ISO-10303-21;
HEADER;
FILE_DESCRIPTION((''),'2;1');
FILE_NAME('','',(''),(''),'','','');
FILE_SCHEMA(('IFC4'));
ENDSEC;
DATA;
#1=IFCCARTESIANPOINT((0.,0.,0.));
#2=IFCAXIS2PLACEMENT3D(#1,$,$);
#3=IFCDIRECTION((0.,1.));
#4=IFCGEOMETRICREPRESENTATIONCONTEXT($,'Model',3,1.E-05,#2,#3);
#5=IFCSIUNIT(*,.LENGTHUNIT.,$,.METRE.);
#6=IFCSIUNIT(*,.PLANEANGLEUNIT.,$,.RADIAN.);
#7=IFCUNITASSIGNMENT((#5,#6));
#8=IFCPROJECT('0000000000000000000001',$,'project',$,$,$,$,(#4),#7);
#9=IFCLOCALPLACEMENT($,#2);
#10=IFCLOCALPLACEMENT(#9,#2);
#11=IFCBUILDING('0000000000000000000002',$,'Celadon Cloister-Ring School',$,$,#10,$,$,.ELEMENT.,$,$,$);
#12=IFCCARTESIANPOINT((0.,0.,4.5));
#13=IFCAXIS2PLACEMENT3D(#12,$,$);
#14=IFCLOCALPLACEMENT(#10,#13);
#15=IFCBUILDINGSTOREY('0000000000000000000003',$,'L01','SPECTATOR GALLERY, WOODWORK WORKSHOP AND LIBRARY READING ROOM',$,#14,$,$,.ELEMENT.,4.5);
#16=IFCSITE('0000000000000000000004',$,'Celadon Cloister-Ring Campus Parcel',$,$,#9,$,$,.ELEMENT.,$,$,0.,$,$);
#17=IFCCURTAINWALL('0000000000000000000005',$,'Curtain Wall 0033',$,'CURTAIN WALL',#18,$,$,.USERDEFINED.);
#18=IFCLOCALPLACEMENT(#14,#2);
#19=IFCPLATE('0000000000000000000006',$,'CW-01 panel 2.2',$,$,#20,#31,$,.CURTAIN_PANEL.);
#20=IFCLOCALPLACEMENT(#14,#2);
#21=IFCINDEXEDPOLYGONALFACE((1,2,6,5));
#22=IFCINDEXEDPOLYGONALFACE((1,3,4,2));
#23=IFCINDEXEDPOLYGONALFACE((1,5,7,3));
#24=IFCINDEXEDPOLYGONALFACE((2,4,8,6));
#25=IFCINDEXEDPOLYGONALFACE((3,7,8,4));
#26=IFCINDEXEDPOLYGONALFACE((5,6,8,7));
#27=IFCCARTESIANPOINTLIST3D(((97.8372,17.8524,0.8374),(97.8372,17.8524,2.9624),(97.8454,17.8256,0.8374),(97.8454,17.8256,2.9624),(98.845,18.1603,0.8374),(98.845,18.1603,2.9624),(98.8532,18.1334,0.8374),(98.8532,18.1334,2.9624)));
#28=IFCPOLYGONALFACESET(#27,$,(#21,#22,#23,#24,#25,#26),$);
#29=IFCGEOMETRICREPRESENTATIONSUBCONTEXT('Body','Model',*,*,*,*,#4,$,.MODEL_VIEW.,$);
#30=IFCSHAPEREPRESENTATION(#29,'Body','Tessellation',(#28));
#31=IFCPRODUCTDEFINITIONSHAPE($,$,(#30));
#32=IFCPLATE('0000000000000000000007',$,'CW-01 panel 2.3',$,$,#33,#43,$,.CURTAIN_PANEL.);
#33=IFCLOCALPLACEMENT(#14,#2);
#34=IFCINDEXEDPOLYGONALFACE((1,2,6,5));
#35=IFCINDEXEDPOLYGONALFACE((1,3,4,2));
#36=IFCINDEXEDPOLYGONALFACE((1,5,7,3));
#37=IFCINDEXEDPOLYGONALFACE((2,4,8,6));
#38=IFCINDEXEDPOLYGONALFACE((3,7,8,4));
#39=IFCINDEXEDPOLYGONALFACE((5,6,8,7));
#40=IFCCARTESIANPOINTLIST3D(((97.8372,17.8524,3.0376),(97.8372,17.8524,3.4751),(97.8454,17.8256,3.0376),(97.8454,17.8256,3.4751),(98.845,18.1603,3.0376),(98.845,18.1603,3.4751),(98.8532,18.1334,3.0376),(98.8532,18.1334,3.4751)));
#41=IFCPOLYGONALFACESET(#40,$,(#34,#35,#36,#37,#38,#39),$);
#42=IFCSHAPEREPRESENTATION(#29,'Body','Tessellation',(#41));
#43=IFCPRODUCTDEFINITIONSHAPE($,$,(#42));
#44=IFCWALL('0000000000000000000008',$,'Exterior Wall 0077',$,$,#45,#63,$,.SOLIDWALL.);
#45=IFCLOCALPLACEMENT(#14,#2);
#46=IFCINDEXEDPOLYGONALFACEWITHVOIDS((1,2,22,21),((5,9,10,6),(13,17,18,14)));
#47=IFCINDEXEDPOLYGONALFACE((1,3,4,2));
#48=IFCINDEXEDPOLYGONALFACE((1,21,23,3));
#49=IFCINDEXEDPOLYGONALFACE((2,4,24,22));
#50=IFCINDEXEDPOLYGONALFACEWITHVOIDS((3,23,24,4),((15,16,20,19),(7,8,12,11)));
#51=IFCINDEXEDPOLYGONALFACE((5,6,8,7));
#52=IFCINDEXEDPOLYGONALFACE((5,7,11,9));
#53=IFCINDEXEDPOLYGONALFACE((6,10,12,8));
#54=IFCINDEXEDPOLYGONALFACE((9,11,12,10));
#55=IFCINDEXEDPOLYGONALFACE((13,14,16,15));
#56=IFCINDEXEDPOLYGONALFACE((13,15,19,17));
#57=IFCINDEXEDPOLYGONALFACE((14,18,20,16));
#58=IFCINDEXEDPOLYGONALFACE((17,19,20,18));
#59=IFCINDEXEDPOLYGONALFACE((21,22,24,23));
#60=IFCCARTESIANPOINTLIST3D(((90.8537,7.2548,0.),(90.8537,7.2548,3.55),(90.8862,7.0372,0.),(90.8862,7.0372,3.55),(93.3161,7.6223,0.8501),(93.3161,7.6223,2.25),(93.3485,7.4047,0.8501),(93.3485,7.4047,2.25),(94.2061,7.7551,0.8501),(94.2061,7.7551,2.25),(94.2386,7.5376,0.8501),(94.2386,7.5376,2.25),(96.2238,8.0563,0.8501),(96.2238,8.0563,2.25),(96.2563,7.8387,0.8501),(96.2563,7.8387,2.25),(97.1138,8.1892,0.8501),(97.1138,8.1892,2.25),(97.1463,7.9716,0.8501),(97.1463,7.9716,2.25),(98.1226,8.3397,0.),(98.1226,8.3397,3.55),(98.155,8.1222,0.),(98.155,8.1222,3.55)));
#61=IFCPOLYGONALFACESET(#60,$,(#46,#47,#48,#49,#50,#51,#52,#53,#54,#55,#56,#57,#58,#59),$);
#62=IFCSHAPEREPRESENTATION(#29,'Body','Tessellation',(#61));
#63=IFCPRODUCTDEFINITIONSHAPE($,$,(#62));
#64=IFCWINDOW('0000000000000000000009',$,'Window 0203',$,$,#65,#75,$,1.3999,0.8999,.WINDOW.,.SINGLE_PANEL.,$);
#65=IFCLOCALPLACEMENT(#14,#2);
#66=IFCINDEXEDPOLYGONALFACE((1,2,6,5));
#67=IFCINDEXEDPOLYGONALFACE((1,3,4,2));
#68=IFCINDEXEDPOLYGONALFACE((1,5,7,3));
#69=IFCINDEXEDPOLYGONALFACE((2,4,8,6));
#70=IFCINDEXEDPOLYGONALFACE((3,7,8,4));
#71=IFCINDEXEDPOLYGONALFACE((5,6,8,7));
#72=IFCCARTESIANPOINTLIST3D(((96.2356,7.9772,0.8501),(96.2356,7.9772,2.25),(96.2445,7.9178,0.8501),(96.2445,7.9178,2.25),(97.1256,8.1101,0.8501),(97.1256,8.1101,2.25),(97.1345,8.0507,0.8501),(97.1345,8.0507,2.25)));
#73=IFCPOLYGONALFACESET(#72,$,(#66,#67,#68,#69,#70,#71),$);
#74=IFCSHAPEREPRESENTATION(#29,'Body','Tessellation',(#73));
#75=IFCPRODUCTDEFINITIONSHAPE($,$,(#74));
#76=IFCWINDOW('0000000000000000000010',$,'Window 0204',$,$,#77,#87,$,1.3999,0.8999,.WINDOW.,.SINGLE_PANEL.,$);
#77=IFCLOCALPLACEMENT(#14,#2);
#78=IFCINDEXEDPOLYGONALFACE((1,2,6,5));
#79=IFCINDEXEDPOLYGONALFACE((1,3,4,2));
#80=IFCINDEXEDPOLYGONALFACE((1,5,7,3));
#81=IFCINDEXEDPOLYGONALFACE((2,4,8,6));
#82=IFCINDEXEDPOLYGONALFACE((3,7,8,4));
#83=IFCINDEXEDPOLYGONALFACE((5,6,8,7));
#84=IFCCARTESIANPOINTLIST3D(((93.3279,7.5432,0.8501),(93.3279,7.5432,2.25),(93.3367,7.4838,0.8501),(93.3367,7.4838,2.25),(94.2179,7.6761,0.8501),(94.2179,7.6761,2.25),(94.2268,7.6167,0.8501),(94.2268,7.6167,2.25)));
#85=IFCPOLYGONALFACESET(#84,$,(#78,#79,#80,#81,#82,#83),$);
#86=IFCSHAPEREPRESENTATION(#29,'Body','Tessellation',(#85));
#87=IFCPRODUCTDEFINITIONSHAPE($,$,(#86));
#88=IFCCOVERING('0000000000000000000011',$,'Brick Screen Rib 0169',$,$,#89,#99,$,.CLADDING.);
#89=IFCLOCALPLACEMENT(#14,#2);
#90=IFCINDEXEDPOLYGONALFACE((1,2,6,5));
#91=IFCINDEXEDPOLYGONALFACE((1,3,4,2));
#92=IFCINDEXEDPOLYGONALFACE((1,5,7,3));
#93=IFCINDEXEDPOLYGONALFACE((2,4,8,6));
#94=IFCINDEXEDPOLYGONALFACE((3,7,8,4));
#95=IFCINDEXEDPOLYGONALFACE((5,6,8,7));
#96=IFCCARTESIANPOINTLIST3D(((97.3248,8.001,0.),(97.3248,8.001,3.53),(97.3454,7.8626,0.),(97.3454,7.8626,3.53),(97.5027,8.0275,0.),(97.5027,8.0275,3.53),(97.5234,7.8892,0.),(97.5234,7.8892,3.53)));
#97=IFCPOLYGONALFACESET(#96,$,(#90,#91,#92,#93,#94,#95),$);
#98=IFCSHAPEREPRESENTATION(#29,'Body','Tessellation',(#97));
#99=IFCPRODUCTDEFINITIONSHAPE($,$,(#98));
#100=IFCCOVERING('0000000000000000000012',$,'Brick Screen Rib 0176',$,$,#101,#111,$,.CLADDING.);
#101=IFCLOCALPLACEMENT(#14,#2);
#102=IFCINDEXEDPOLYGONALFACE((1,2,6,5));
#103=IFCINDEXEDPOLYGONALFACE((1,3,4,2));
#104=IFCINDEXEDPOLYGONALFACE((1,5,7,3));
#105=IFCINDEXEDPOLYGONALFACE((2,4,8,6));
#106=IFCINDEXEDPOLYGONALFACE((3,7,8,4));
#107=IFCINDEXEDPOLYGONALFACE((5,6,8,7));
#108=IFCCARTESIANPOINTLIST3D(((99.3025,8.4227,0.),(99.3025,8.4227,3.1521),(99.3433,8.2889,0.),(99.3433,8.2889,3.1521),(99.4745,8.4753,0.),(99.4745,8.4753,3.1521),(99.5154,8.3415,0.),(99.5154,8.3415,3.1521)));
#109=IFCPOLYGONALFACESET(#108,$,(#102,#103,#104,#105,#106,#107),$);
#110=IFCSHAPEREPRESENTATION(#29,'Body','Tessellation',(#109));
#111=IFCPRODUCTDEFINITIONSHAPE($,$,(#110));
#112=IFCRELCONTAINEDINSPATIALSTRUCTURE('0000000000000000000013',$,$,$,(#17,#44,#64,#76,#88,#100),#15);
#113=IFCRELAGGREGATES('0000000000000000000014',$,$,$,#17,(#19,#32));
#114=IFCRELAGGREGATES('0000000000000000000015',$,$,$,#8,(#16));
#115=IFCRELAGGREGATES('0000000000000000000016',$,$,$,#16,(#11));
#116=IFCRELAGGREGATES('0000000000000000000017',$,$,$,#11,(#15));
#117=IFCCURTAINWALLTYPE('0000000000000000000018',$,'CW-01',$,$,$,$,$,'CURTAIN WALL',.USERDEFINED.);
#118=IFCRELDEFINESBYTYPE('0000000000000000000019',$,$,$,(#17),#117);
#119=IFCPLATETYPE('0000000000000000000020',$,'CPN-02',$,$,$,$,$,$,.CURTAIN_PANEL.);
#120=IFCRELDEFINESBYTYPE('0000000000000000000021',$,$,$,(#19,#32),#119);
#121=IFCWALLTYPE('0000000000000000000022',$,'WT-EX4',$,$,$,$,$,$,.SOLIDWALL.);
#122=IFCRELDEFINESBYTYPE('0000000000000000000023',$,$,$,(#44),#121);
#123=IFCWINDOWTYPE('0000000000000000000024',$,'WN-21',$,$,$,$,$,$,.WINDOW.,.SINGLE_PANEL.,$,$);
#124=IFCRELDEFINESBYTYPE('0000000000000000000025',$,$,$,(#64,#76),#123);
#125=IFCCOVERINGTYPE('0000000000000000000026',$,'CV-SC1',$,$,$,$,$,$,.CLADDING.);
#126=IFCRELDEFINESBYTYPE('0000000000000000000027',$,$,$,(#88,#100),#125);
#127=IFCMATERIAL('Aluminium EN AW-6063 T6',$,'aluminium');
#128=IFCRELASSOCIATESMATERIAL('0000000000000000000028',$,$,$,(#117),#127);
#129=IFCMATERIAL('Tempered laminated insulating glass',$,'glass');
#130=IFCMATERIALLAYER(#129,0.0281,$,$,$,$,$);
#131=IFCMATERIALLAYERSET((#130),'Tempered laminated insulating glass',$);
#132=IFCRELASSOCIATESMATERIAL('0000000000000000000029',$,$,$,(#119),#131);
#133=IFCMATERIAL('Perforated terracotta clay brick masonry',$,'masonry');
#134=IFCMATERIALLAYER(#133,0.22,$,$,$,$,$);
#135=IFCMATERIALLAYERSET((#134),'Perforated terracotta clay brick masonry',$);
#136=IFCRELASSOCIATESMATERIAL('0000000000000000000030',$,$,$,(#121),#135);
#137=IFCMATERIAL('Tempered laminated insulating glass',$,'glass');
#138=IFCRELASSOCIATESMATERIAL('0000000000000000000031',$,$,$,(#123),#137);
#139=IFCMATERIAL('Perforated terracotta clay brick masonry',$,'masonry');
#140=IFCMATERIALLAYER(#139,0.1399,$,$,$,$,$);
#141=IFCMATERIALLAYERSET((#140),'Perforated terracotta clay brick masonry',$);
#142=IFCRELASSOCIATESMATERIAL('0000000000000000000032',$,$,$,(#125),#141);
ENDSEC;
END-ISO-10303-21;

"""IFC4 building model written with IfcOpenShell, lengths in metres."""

from ifc_helpers import new_model, si_unit, direction, frame, frame_2d, origin, origin_2d, place, context, subcontext, project, spatial, rectangle, extrude, material, layer, layer_set, type_object, element, fill, aggregate, save


model = new_model("IFC4")

# Units and contexts
model_context = context("Model", 3, precision=1e-05, world=origin(), true_north=direction((0.0, 1.0)))
body_context = subcontext(model_context, "Body", "Model", "MODEL_VIEW")
ifc_project = project(units=[si_unit("LENGTHUNIT", "METRE"), si_unit("PLANEANGLEUNIT", "RADIAN")], contexts=[model_context])

# Site, building, storey
site_placement = place(None, origin())
site = spatial("IfcSite", under=ifc_project, at=site_placement, Name="Celadon Cloister-Ring Campus Parcel", CompositionType="ELEMENT", RefElevation=0.0)
building_placement = place(site_placement, origin())
building = spatial("IfcBuilding", under=site, at=building_placement, Name="Celadon Cloister-Ring School", CompositionType="ELEMENT")
storey_placement = place(building_placement, frame((0.0, 0.0, 4.5)))
storey = spatial("IfcBuildingStorey", under=building, at=storey_placement, Name="L01", Description="SPECTATOR GALLERY, WOODWORK WORKSHOP AND LIBRARY READING ROOM", CompositionType="ELEMENT", Elevation=4.5)

# Curtain wall
ifc_material_1 = material(Name="Aluminium EN AW-6063 T6", Category="aluminium")
curtain_wall_type = type_object("IfcCurtainWallType", Name="CW-01", ElementType="CURTAIN WALL", PredefinedType="USERDEFINED", material=ifc_material_1)
curtain_wall_placement = place(storey_placement, origin())
curtain_wall = element("IfcCurtainWall", 1, at=curtain_wall_placement, inside=storey, type_object=curtain_wall_type, Name="Curtain Wall 0033", ObjectType="CURTAIN WALL", PredefinedType="USERDEFINED")

# Plates
ifc_material_2 = material(Name="Tempered laminated insulating glass", Category="glass")
ifc_layer_1 = layer(ifc_material_2, 0.0281)
ifc_layer_set_1 = layer_set([ifc_layer_1], Name="Tempered laminated insulating glass")
plate_type = type_object("IfcPlateType", Name="CPN-02", PredefinedType="CURTAIN_PANEL", material=ifc_layer_set_1)
plate_1_placement = place(storey_placement, frame((98.3452, 17.9929, 0.8374), z_axis=(0.0, 0.0, 1.0), x_axis=(0.956372, 0.292151, 0.0)))
plate_1 = element("IfcPlate", 2, at=plate_1_placement, type_object=plate_type, Name="CW-01 panel 2.2", PredefinedType="CURTAIN_PANEL", context=body_context, shape_type="SweptSolid", body=[
    extrude(rectangle(XDim=1.0537, YDim=0.0281, at=origin_2d()), origin(), (0.0, 0.0, 1.0), 2.125),
])
plate_2_placement = place(storey_placement, frame((98.3452, 17.9929, 3.0376), z_axis=(0.0, 0.0, 1.0), x_axis=(0.956372, 0.292151, 0.0)))
plate_2 = element("IfcPlate", 3, at=plate_2_placement, type_object=plate_type, Name="CW-01 panel 2.3", PredefinedType="CURTAIN_PANEL", context=body_context, shape_type="SweptSolid", body=[
    extrude(rectangle(XDim=1.0537, YDim=0.0281, at=origin_2d()), origin(), (0.0, 0.0, 1.0), 0.4375),
])
aggregate(curtain_wall, [plate_1, plate_2])

# Wall, openings, windows
ifc_material_3 = material(Name="Perforated terracotta clay brick masonry", Category="masonry")
ifc_layer_2 = layer(ifc_material_3, 0.22)
ifc_layer_set_2 = layer_set([ifc_layer_2], Name="Perforated terracotta clay brick masonry")
wall_type = type_object("IfcWallType", Name="WT-EX4", PredefinedType="SOLIDWALL", material=ifc_layer_set_2)
wall_placement = place(storey_placement, frame((98.1389, 8.231, 0.0), z_axis=(0.0, 0.0, 1.0), x_axis=(-0.989043, -0.147627, 0.0)))
wall = element("IfcWall", 4, at=wall_placement, inside=storey, type_object=wall_type, Name="Exterior Wall 0077", PredefinedType="SOLIDWALL", context=body_context, shape_type="SweptSolid", body=[
    extrude(rectangle(XDim=7.3494, YDim=0.22, at=frame_2d((3.6748, 0.0))), origin(), (0.0, 0.0, 1.0), 3.55),
])
opening_1_placement = place(wall_placement, frame((1.02, 0.0, 0.8501)))
opening_1 = element("IfcOpeningElement", 5, at=opening_1_placement, cuts=wall, PredefinedType="OPENING", context=body_context, shape_type="SweptSolid", body=[
    extrude(rectangle(XDim=0.8999, YDim=1.3999, at=frame_2d((0.45, 0.7))), frame((0.0, 0.1201, 0.0), z_axis=(0.0, -1.0, 0.0), x_axis=(1.0, 0.0, 0.0)), (0.0, 0.0, 1.0), 0.24),
])
opening_2_placement = place(wall_placement, frame((3.96, 0.0, 0.8501)))
opening_2 = element("IfcOpeningElement", 6, at=opening_2_placement, cuts=wall, PredefinedType="OPENING", context=body_context, shape_type="SweptSolid", body=[
    extrude(rectangle(XDim=0.8999, YDim=1.3999, at=frame_2d((0.45, 0.7))), frame((0.0, 0.1201, 0.0), z_axis=(0.0, -1.0, 0.0), x_axis=(1.0, 0.0, 0.0)), (0.0, 0.0, 1.0), 0.24),
])
ifc_material_4 = material(Name="Tempered laminated insulating glass", Category="glass")
window_type = type_object("IfcWindowType", Name="WN-21", PartitioningType="SINGLE_PANEL", PredefinedType="WINDOW", material=ifc_material_4)
window_1_placement = place(opening_1_placement, origin())
window_1 = element("IfcWindow", 7, at=window_1_placement, inside=storey, type_object=window_type, Name="Window 0203", OverallHeight=1.3999, OverallWidth=0.8999, PartitioningType="SINGLE_PANEL", PredefinedType="WINDOW", context=body_context, shape_type="SweptSolid", body=[
    extrude(rectangle(XDim=0.8999, YDim=1.3999, at=frame_2d((0.45, 0.7))), frame((0.0, 0.03, 0.0), z_axis=(0.0, -1.0, 0.0), x_axis=(1.0, 0.0, 0.0)), (0.0, 0.0, 1.0), 0.0601),
])
fill(opening_1, window_1)
window_2_placement = place(opening_2_placement, origin())
window_2 = element("IfcWindow", 8, at=window_2_placement, inside=storey, type_object=window_type, Name="Window 0204", OverallHeight=1.3999, OverallWidth=0.8999, PartitioningType="SINGLE_PANEL", PredefinedType="WINDOW", context=body_context, shape_type="SweptSolid", body=[
    extrude(rectangle(XDim=0.8999, YDim=1.3999, at=frame_2d((0.45, 0.7))), frame((0.0, 0.03, 0.0), z_axis=(0.0, -1.0, 0.0), x_axis=(1.0, 0.0, 0.0)), (0.0, 0.0, 1.0), 0.0601),
])
fill(opening_2, window_2)

# Coverings
ifc_material_5 = material(Name="Perforated terracotta clay brick masonry", Category="masonry")
ifc_layer_3 = layer(ifc_material_5, 0.1399)
ifc_layer_set_3 = layer_set([ifc_layer_3], Name="Perforated terracotta clay brick masonry")
covering_type = type_object("IfcCoveringType", Name="CV-SC1", PredefinedType="CLADDING", material=ifc_layer_set_3)
covering_1_placement = place(storey_placement, frame((97.4241, 7.9451, 0.0), z_axis=(0.0, 0.0, 1.0), x_axis=(-0.989042, -0.147637, 0.0)))
element("IfcCovering", 9, at=covering_1_placement, inside=storey, type_object=covering_type, Name="Brick Screen Rib 0169", PredefinedType="CLADDING", context=body_context, shape_type="SweptSolid", body=[
    extrude(rectangle(XDim=0.1799, YDim=0.1399, at=origin_2d()), origin(), (0.0, 0.0, 1.0), 3.53),
])
covering_2_placement = place(storey_placement, frame((99.4089, 8.3821, 0.0), z_axis=(0.0, 0.0, 1.0), x_axis=(-0.956346, -0.292238, 0.0)))
element("IfcCovering", 10, at=covering_2_placement, inside=storey, type_object=covering_type, Name="Brick Screen Rib 0176", PredefinedType="CLADDING", context=body_context, shape_type="SweptSolid", body=[
    extrude(rectangle(XDim=0.1799, YDim=0.1399, at=origin_2d()), origin(), (0.0, 0.0, 1.0), 3.1521),
])

save(model, "model.ifc")
